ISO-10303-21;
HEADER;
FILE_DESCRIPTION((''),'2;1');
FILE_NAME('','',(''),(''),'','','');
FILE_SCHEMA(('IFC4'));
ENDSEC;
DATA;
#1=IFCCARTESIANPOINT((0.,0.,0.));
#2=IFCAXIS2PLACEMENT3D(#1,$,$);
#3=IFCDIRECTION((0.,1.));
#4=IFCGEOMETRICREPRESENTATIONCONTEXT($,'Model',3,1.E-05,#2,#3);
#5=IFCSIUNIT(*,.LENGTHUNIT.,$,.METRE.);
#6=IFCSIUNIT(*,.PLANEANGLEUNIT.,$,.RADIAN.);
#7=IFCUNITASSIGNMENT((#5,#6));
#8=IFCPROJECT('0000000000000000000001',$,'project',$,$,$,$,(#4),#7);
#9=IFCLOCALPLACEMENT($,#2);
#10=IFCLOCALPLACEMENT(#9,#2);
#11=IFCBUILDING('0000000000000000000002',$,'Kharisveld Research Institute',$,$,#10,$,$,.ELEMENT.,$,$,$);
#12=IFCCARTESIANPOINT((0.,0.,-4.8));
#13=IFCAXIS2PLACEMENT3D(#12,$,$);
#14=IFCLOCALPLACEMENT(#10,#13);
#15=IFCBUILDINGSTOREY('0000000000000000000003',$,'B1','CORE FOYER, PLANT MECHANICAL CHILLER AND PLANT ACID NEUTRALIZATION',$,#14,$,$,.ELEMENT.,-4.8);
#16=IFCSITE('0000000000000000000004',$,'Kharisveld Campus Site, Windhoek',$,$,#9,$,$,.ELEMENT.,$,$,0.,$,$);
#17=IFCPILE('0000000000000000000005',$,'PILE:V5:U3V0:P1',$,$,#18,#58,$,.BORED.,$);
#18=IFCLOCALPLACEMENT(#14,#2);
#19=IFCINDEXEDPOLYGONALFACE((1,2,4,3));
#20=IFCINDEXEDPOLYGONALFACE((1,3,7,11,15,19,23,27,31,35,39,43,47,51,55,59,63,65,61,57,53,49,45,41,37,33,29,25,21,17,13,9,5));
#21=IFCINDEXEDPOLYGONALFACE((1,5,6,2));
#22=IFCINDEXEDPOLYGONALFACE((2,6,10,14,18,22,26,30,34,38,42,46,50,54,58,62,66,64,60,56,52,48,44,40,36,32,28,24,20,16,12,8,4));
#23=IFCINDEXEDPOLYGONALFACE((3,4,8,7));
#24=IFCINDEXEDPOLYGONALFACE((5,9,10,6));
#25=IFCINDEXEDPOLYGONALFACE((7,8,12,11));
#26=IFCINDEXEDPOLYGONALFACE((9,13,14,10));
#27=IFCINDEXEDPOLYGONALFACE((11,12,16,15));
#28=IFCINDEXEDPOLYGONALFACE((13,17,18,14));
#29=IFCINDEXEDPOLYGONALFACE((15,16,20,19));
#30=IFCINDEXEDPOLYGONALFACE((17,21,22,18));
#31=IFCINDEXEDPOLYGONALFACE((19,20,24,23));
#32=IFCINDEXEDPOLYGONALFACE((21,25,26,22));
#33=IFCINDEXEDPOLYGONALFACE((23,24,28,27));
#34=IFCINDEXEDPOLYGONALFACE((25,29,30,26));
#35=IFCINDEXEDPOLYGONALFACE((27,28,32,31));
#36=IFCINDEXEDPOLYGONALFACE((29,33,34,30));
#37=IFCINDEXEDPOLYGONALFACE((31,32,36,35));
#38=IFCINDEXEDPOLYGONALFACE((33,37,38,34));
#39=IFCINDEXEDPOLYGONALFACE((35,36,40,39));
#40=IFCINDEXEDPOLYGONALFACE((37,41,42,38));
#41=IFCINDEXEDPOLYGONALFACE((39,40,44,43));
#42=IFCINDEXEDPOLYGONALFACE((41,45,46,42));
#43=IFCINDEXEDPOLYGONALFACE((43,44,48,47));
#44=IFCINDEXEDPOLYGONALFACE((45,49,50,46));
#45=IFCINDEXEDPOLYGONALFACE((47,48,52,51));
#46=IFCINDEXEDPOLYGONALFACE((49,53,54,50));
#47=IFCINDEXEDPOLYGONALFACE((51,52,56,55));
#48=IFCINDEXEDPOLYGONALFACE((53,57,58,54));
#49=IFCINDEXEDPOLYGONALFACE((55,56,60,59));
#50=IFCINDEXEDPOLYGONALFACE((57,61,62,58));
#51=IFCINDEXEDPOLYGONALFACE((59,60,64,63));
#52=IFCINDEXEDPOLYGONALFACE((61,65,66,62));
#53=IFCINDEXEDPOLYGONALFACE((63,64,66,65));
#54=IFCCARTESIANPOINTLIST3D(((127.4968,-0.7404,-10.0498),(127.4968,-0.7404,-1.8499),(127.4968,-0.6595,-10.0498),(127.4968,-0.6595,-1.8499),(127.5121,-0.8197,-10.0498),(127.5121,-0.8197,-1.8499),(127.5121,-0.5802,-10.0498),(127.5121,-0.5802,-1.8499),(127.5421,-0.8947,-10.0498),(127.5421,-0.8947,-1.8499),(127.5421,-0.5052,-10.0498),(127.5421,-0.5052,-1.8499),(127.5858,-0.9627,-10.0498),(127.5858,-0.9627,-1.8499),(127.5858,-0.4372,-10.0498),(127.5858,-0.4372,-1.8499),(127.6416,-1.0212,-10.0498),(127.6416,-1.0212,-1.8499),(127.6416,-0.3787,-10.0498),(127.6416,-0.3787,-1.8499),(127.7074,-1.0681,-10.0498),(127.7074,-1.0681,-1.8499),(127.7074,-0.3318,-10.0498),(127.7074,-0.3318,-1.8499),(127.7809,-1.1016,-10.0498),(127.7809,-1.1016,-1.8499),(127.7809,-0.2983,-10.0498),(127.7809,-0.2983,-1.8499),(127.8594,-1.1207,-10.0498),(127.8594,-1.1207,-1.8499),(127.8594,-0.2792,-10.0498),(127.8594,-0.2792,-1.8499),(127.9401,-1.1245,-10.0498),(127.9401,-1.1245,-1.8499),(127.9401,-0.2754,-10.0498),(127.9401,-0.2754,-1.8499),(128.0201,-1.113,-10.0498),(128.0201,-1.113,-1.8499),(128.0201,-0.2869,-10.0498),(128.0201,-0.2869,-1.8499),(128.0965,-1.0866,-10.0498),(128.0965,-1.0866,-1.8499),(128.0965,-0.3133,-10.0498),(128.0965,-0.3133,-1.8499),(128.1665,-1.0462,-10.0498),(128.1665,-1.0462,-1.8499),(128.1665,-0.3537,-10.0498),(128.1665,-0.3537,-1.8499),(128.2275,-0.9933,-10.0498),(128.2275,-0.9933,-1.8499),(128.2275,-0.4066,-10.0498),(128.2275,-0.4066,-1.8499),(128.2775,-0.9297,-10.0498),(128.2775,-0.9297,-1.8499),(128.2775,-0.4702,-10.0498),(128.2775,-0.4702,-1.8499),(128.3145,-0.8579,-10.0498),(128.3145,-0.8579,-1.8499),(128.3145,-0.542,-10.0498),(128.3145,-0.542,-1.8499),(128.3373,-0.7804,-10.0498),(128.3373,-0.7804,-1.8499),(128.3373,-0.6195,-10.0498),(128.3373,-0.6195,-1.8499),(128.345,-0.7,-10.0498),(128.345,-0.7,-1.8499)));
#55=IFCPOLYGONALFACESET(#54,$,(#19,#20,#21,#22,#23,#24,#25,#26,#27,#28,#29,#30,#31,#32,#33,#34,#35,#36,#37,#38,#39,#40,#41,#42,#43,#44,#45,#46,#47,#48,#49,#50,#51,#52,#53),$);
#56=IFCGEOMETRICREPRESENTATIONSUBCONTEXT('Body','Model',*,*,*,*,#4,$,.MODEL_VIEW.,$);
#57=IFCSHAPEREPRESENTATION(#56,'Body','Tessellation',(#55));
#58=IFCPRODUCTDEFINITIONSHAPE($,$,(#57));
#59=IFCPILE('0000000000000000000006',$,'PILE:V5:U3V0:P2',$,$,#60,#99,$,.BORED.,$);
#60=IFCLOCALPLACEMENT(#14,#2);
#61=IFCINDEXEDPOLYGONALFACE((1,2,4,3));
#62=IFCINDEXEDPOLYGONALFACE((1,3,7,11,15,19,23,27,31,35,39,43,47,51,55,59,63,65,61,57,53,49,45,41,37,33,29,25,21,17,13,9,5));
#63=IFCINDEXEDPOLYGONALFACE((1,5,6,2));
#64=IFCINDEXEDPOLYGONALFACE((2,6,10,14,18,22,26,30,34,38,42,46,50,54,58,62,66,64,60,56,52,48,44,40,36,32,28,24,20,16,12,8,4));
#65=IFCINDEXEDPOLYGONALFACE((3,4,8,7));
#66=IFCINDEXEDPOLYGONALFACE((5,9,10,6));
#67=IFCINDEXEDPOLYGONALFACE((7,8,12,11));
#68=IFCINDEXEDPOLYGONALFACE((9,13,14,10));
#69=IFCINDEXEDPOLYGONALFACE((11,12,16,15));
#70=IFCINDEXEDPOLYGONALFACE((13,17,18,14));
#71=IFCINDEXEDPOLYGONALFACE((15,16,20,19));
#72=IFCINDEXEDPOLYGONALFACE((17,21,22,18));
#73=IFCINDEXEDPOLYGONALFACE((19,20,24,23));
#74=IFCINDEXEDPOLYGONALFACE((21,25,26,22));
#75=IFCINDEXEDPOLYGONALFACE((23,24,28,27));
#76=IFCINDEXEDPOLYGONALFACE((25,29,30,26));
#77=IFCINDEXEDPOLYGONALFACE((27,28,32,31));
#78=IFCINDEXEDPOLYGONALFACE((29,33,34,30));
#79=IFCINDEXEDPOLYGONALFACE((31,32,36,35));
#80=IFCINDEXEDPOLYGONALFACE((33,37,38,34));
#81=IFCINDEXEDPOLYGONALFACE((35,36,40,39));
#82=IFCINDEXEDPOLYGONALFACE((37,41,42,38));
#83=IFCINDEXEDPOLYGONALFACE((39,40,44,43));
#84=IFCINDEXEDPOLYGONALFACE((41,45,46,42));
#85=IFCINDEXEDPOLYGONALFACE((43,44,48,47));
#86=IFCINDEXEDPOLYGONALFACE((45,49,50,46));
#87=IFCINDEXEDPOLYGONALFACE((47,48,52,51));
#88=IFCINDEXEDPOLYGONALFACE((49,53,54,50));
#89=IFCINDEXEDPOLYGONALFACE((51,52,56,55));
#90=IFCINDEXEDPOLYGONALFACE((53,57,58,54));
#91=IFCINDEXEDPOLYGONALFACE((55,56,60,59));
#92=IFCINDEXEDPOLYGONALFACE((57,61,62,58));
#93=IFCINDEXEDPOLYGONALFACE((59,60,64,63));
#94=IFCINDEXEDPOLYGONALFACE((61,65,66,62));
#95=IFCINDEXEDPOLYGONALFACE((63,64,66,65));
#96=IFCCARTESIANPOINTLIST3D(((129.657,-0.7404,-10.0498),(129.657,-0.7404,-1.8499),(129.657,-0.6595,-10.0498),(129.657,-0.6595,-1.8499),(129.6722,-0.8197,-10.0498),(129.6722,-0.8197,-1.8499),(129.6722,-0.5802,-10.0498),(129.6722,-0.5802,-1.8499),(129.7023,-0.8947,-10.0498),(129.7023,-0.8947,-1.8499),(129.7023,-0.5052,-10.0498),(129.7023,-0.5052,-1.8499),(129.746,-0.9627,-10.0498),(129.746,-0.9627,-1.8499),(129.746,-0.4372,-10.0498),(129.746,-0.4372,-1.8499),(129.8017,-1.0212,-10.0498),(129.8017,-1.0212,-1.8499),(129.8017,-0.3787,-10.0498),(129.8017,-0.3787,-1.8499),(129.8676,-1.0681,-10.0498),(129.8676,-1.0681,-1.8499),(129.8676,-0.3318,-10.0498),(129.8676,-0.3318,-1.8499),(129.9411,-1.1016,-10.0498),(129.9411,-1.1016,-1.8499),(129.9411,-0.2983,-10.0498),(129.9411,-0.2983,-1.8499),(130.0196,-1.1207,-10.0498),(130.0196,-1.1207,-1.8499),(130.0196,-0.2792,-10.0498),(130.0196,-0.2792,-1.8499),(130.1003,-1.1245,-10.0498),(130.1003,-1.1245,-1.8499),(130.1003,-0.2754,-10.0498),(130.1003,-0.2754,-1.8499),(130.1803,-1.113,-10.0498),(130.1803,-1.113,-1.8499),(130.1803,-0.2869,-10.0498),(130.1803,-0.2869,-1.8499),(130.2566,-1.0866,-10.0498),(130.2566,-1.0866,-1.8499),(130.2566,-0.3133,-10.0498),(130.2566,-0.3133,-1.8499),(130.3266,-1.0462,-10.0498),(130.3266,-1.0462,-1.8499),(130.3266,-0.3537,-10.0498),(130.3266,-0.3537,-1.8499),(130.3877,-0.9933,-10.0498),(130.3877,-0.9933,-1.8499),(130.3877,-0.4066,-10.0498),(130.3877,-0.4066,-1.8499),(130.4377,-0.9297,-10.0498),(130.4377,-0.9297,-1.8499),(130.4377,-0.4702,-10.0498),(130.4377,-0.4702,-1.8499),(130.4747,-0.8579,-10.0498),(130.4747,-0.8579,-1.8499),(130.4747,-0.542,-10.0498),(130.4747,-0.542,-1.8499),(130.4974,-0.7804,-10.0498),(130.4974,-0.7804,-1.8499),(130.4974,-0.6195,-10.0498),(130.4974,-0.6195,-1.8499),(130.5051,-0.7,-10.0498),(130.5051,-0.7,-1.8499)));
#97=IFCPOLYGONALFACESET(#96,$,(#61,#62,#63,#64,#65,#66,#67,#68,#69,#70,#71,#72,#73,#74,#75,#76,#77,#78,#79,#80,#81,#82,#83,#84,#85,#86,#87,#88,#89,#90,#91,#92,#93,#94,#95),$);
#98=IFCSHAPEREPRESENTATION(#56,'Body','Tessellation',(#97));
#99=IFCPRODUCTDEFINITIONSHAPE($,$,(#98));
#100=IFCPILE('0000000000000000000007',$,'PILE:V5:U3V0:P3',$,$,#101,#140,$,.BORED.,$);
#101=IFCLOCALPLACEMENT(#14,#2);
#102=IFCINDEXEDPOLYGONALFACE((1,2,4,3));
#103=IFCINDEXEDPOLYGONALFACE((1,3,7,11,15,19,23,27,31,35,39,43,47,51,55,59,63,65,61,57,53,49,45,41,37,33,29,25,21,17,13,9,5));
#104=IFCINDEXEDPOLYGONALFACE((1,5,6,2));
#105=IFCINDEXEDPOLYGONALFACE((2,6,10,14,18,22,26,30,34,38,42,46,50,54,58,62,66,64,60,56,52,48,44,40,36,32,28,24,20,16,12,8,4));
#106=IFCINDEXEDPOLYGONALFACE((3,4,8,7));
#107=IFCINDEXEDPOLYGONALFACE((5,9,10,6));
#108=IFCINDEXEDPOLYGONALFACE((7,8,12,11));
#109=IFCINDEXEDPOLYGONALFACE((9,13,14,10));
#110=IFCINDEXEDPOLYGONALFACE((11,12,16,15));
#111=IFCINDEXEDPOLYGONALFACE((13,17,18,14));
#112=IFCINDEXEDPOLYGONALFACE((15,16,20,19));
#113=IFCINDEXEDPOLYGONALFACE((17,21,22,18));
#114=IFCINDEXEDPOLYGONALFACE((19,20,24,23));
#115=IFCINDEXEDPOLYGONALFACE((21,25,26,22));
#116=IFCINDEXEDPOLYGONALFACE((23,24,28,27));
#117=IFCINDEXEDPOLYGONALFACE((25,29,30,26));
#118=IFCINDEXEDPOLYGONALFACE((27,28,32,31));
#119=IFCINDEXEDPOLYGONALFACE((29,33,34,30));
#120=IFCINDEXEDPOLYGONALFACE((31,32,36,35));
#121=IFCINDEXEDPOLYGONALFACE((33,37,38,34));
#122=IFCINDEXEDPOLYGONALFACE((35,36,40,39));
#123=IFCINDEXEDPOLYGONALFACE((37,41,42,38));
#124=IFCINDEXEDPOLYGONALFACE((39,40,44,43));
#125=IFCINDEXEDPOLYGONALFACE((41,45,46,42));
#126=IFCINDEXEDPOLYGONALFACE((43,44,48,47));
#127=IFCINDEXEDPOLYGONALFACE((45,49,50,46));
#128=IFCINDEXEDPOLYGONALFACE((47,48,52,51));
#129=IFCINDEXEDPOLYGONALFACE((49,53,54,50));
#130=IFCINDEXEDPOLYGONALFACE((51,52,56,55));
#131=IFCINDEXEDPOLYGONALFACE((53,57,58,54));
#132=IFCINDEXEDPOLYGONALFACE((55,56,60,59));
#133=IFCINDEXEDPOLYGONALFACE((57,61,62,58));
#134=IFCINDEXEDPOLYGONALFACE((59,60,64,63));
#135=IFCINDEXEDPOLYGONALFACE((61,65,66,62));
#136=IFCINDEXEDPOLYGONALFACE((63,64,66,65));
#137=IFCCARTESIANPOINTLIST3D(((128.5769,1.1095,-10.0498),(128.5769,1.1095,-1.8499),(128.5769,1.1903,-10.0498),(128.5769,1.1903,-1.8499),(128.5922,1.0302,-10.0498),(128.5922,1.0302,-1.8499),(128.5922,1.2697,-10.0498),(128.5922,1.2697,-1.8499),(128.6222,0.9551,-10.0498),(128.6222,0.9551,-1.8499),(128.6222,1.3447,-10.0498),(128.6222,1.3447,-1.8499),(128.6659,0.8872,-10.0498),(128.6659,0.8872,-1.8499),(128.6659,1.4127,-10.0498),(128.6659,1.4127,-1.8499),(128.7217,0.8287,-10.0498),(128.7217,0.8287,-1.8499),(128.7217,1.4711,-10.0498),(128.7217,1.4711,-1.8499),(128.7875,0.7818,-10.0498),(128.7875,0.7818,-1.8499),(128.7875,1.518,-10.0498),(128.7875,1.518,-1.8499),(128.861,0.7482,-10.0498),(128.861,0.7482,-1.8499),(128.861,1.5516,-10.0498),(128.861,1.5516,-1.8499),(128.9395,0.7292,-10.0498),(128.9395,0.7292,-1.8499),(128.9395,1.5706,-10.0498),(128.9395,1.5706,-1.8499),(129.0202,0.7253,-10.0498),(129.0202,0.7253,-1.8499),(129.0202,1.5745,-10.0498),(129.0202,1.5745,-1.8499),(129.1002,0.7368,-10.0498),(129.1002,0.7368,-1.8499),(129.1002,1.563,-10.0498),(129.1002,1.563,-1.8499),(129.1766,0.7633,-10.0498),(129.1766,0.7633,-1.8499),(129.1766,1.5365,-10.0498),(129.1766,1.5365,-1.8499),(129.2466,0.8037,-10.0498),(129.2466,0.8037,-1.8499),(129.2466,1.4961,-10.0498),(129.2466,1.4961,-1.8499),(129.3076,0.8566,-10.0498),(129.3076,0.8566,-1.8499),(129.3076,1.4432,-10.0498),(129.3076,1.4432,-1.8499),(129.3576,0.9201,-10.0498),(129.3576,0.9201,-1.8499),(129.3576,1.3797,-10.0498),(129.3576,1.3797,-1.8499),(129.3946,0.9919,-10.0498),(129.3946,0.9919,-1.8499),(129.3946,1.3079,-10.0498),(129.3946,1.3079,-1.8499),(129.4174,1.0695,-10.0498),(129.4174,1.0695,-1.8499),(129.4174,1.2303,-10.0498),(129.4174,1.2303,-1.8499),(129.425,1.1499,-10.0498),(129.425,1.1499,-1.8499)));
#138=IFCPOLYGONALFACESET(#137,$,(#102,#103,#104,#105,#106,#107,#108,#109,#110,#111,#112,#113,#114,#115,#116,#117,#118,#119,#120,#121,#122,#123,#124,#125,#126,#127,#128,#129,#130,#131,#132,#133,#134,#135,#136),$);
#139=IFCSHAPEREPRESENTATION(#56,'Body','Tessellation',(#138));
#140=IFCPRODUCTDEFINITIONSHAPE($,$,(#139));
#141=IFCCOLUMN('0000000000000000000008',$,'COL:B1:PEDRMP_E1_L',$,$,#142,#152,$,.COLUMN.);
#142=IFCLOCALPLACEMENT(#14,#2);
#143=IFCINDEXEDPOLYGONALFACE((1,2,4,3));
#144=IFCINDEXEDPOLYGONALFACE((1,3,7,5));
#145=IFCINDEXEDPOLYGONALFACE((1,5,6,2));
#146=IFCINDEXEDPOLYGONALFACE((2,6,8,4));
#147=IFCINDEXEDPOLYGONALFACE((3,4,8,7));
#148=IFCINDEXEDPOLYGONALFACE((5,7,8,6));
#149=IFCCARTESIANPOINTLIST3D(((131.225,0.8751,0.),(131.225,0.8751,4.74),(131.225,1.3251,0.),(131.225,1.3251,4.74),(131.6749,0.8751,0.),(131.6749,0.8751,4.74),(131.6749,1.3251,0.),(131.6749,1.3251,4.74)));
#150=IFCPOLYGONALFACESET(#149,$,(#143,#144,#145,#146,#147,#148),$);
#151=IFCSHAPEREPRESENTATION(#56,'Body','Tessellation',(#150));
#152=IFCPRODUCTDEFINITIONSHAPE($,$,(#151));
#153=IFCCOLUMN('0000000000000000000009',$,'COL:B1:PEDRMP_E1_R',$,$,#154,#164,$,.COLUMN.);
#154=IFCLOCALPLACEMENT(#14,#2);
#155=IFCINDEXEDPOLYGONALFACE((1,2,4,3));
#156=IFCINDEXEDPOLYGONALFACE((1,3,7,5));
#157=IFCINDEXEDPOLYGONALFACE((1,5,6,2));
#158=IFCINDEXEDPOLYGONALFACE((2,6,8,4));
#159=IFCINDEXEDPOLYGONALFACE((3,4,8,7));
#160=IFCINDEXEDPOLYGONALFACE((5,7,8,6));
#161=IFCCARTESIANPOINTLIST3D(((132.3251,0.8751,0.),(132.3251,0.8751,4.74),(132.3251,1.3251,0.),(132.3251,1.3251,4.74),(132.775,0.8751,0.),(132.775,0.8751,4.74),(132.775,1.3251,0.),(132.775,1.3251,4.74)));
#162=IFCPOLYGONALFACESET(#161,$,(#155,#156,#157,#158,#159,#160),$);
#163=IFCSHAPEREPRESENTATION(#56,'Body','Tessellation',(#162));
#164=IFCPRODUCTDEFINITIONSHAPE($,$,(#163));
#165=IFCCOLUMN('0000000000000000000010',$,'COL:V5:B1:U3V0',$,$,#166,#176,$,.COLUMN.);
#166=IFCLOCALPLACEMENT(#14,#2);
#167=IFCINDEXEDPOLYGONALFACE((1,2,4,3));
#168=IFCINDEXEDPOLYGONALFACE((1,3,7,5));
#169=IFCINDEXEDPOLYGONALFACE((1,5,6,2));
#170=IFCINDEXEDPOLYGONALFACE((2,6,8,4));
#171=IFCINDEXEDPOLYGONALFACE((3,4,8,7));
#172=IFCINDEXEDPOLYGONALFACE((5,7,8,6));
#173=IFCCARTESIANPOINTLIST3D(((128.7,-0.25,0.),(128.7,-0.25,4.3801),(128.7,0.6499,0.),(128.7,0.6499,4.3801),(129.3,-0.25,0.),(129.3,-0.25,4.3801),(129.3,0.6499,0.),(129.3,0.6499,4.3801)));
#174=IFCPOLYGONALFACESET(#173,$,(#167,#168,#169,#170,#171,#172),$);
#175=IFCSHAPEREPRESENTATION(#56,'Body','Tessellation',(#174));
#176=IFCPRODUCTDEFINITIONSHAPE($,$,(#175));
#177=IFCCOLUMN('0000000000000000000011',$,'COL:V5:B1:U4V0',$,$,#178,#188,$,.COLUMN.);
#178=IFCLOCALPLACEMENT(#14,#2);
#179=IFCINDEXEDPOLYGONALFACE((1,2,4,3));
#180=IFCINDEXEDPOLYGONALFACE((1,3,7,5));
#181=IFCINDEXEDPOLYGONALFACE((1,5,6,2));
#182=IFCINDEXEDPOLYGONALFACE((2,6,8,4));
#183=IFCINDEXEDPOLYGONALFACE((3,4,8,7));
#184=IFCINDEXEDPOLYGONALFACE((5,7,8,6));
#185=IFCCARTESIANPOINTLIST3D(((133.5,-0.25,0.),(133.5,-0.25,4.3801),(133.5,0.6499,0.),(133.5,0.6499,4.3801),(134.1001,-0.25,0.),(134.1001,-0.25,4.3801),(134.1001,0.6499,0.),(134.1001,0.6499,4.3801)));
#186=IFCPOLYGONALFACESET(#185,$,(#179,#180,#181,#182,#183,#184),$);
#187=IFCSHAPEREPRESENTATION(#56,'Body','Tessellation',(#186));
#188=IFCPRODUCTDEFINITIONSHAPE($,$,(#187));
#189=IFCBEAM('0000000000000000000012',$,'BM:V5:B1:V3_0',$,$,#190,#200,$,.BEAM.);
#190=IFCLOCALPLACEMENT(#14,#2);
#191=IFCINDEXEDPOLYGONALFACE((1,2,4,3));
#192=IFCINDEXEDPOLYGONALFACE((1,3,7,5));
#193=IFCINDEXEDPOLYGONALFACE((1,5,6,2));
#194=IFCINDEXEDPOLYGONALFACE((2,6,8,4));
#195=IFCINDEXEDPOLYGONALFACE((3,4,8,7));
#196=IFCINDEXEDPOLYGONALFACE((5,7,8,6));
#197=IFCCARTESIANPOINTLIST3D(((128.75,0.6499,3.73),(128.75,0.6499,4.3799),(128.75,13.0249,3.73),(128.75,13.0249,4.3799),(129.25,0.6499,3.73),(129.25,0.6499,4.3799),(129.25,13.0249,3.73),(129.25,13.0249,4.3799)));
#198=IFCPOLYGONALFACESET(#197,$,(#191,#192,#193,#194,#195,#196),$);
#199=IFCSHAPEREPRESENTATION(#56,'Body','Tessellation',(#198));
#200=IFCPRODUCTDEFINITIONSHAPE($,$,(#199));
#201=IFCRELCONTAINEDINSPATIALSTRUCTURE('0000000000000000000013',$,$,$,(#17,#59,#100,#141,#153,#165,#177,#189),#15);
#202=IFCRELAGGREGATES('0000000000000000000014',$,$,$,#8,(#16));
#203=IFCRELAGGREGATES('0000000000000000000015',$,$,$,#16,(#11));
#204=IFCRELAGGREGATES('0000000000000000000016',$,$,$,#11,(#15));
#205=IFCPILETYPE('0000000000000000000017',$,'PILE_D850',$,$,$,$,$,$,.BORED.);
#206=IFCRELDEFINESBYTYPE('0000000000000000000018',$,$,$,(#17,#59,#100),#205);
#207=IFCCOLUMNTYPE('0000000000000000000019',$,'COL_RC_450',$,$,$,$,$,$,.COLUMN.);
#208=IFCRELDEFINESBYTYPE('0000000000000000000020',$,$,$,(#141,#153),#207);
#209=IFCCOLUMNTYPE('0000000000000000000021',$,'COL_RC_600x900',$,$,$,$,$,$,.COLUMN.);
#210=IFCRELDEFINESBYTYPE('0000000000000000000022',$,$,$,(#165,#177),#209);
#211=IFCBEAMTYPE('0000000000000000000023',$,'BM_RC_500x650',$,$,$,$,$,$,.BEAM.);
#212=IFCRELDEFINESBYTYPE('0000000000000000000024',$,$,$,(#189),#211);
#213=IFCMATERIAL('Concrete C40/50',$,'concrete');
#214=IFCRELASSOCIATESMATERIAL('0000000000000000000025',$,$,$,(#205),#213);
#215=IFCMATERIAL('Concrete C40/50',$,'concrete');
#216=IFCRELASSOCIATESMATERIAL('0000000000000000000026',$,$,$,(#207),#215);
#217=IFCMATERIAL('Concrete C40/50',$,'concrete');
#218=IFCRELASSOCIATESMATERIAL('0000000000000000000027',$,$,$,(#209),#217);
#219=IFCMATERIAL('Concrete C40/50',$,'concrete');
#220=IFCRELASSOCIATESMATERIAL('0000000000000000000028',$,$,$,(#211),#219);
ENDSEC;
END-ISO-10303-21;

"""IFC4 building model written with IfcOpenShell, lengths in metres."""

from ifc_helpers import new_model, si_unit, direction, frame, origin, origin_2d, place, context, subcontext, project, spatial, rectangle, circle, extrude, material, material_profile, profile_set, type_object, element, save


model = new_model("IFC4")

# Units and contexts
model_context = context("Model", 3, precision=1e-05, world=origin(), true_north=direction((0.0, 1.0)))
body_context = subcontext(model_context, "Body", "Model", "MODEL_VIEW")
ifc_project = project(units=[si_unit("LENGTHUNIT", "METRE"), si_unit("PLANEANGLEUNIT", "RADIAN")], contexts=[model_context])

# Site, building, storey
site_placement = place(None, origin())
site = spatial("IfcSite", under=ifc_project, at=site_placement, Name="Kharisveld Campus Site, Windhoek", CompositionType="ELEMENT", RefElevation=0.0)
building_placement = place(site_placement, origin())
building = spatial("IfcBuilding", under=site, at=building_placement, Name="Kharisveld Research Institute", CompositionType="ELEMENT")
storey_placement = place(building_placement, frame((0.0, 0.0, -4.8)))
storey = spatial("IfcBuildingStorey", under=building, at=storey_placement, Name="B1", Description="CORE FOYER, PLANT MECHANICAL CHILLER AND PLANT ACID NEUTRALIZATION", CompositionType="ELEMENT", Elevation=-4.8)

# Piles
ifc_material_1 = material(Name="Concrete C40/50", Category="concrete")
ifc_material_profile_1 = material_profile(ifc_material_1, circle(Radius=0.425, at=origin_2d()))
ifc_profile_set_1 = profile_set([ifc_material_profile_1], Name="Concrete C40/50")
pile_type_1 = type_object("IfcPileType", Name="PILE_D850", PredefinedType="BORED", material=ifc_profile_set_1)
for number, where, z_axis, x_axis, name in (
    (1, (127.9199, -0.7, -1.8499), (0.0, 0.0, -1.0), (1.0, 0.0, 0.0), "PILE:V5:U3V0:P1"),
    (2, (130.0801, -0.7, -1.8499), (0.0, 0.0, -1.0), (1.0, 0.0, 0.0), "PILE:V5:U3V0:P2"),
    (3, (129.0, 1.1499, -1.8499), (0.0, 0.0, -1.0), (1.0, 0.0, 0.0), "PILE:V5:U3V0:P3"),
):
    element("IfcPile", number, at=place(storey_placement, frame(where, z_axis=z_axis, x_axis=x_axis)), inside=storey, type_object=pile_type_1, Name=name, PredefinedType="BORED", context=body_context, shape_type="SweptSolid", body=[
        extrude(circle(Radius=0.425, at=origin_2d()), origin(), (0.0, 0.0, 1.0), 8.2),
    ])

# Columns
ifc_material_2 = material(Name="Concrete C40/50", Category="concrete")
ifc_material_profile_2 = material_profile(ifc_material_2, rectangle(XDim=0.45, YDim=0.45, at=origin_2d()))
ifc_profile_set_2 = profile_set([ifc_material_profile_2], Name="Concrete C40/50")
column_type_1 = type_object("IfcColumnType", Name="COL_RC_450", PredefinedType="COLUMN", material=ifc_profile_set_2)
for number, where, z_axis, x_axis, name in (
    (4, (131.45, 1.1001, 0.0), (0.0, 0.0, 1.0), (1.0, 0.0, 0.0), "COL:B1:PEDRMP_E1_L"),
    (5, (132.55, 1.1001, 0.0), (0.0, 0.0, 1.0), (1.0, 0.0, 0.0), "COL:B1:PEDRMP_E1_R"),
):
    element("IfcColumn", number, at=place(storey_placement, frame(where, z_axis=z_axis, x_axis=x_axis)), inside=storey, type_object=column_type_1, Name=name, PredefinedType="COLUMN", context=body_context, shape_type="SweptSolid", body=[
        extrude(rectangle(XDim=0.45, YDim=0.45, at=origin_2d()), origin(), (0.0, 0.0, 1.0), 4.74),
    ])
ifc_material_3 = material(Name="Concrete C40/50", Category="concrete")
ifc_material_profile_3 = material_profile(ifc_material_3, rectangle(XDim=0.6001, YDim=0.8999, at=origin_2d()))
ifc_profile_set_3 = profile_set([ifc_material_profile_3], Name="Concrete C40/50")
column_type_2 = type_object("IfcColumnType", Name="COL_RC_600x900", PredefinedType="COLUMN", material=ifc_profile_set_3)
for number, where, z_axis, x_axis, name in (
    (6, (129.0, 0.2, 0.0), (0.0, 0.0, 1.0), (1.0, 0.0, 0.0), "COL:V5:B1:U3V0"),
    (7, (133.8, 0.2, 0.0), (0.0, 0.0, 1.0), (1.0, 0.0, 0.0), "COL:V5:B1:U4V0"),
):
    element("IfcColumn", number, at=place(storey_placement, frame(where, z_axis=z_axis, x_axis=x_axis)), inside=storey, type_object=column_type_2, Name=name, PredefinedType="COLUMN", context=body_context, shape_type="SweptSolid", body=[
        extrude(rectangle(XDim=0.6001, YDim=0.8999, at=origin_2d()), origin(), (0.0, 0.0, 1.0), 4.3801),
    ])

# Beam
ifc_material_4 = material(Name="Concrete C40/50", Category="concrete")
ifc_material_profile_4 = material_profile(ifc_material_4, rectangle(XDim=0.5, YDim=0.6499, at=origin_2d()))
ifc_profile_set_4 = profile_set([ifc_material_profile_4], Name="Concrete C40/50")
beam_type_1 = type_object("IfcBeamType", Name="BM_RC_500x650", PredefinedType="BEAM", material=ifc_profile_set_4)
for number, where, z_axis, x_axis, name in (
    (8, (129.0, 0.6499, 4.0549), (0.0, 1.0, 0.0), (-1.0, 0.0, 0.0), "BM:V5:B1:V3_0"),
):
    element("IfcBeam", number, at=place(storey_placement, frame(where, z_axis=z_axis, x_axis=x_axis)), inside=storey, type_object=beam_type_1, Name=name, PredefinedType="BEAM", context=body_context, shape_type="SweptSolid", body=[
        extrude(rectangle(XDim=0.5, YDim=0.6499, at=origin_2d()), origin(), (0.0, 0.0, 1.0), 12.375),
    ])

save(model, "model.ifc")
